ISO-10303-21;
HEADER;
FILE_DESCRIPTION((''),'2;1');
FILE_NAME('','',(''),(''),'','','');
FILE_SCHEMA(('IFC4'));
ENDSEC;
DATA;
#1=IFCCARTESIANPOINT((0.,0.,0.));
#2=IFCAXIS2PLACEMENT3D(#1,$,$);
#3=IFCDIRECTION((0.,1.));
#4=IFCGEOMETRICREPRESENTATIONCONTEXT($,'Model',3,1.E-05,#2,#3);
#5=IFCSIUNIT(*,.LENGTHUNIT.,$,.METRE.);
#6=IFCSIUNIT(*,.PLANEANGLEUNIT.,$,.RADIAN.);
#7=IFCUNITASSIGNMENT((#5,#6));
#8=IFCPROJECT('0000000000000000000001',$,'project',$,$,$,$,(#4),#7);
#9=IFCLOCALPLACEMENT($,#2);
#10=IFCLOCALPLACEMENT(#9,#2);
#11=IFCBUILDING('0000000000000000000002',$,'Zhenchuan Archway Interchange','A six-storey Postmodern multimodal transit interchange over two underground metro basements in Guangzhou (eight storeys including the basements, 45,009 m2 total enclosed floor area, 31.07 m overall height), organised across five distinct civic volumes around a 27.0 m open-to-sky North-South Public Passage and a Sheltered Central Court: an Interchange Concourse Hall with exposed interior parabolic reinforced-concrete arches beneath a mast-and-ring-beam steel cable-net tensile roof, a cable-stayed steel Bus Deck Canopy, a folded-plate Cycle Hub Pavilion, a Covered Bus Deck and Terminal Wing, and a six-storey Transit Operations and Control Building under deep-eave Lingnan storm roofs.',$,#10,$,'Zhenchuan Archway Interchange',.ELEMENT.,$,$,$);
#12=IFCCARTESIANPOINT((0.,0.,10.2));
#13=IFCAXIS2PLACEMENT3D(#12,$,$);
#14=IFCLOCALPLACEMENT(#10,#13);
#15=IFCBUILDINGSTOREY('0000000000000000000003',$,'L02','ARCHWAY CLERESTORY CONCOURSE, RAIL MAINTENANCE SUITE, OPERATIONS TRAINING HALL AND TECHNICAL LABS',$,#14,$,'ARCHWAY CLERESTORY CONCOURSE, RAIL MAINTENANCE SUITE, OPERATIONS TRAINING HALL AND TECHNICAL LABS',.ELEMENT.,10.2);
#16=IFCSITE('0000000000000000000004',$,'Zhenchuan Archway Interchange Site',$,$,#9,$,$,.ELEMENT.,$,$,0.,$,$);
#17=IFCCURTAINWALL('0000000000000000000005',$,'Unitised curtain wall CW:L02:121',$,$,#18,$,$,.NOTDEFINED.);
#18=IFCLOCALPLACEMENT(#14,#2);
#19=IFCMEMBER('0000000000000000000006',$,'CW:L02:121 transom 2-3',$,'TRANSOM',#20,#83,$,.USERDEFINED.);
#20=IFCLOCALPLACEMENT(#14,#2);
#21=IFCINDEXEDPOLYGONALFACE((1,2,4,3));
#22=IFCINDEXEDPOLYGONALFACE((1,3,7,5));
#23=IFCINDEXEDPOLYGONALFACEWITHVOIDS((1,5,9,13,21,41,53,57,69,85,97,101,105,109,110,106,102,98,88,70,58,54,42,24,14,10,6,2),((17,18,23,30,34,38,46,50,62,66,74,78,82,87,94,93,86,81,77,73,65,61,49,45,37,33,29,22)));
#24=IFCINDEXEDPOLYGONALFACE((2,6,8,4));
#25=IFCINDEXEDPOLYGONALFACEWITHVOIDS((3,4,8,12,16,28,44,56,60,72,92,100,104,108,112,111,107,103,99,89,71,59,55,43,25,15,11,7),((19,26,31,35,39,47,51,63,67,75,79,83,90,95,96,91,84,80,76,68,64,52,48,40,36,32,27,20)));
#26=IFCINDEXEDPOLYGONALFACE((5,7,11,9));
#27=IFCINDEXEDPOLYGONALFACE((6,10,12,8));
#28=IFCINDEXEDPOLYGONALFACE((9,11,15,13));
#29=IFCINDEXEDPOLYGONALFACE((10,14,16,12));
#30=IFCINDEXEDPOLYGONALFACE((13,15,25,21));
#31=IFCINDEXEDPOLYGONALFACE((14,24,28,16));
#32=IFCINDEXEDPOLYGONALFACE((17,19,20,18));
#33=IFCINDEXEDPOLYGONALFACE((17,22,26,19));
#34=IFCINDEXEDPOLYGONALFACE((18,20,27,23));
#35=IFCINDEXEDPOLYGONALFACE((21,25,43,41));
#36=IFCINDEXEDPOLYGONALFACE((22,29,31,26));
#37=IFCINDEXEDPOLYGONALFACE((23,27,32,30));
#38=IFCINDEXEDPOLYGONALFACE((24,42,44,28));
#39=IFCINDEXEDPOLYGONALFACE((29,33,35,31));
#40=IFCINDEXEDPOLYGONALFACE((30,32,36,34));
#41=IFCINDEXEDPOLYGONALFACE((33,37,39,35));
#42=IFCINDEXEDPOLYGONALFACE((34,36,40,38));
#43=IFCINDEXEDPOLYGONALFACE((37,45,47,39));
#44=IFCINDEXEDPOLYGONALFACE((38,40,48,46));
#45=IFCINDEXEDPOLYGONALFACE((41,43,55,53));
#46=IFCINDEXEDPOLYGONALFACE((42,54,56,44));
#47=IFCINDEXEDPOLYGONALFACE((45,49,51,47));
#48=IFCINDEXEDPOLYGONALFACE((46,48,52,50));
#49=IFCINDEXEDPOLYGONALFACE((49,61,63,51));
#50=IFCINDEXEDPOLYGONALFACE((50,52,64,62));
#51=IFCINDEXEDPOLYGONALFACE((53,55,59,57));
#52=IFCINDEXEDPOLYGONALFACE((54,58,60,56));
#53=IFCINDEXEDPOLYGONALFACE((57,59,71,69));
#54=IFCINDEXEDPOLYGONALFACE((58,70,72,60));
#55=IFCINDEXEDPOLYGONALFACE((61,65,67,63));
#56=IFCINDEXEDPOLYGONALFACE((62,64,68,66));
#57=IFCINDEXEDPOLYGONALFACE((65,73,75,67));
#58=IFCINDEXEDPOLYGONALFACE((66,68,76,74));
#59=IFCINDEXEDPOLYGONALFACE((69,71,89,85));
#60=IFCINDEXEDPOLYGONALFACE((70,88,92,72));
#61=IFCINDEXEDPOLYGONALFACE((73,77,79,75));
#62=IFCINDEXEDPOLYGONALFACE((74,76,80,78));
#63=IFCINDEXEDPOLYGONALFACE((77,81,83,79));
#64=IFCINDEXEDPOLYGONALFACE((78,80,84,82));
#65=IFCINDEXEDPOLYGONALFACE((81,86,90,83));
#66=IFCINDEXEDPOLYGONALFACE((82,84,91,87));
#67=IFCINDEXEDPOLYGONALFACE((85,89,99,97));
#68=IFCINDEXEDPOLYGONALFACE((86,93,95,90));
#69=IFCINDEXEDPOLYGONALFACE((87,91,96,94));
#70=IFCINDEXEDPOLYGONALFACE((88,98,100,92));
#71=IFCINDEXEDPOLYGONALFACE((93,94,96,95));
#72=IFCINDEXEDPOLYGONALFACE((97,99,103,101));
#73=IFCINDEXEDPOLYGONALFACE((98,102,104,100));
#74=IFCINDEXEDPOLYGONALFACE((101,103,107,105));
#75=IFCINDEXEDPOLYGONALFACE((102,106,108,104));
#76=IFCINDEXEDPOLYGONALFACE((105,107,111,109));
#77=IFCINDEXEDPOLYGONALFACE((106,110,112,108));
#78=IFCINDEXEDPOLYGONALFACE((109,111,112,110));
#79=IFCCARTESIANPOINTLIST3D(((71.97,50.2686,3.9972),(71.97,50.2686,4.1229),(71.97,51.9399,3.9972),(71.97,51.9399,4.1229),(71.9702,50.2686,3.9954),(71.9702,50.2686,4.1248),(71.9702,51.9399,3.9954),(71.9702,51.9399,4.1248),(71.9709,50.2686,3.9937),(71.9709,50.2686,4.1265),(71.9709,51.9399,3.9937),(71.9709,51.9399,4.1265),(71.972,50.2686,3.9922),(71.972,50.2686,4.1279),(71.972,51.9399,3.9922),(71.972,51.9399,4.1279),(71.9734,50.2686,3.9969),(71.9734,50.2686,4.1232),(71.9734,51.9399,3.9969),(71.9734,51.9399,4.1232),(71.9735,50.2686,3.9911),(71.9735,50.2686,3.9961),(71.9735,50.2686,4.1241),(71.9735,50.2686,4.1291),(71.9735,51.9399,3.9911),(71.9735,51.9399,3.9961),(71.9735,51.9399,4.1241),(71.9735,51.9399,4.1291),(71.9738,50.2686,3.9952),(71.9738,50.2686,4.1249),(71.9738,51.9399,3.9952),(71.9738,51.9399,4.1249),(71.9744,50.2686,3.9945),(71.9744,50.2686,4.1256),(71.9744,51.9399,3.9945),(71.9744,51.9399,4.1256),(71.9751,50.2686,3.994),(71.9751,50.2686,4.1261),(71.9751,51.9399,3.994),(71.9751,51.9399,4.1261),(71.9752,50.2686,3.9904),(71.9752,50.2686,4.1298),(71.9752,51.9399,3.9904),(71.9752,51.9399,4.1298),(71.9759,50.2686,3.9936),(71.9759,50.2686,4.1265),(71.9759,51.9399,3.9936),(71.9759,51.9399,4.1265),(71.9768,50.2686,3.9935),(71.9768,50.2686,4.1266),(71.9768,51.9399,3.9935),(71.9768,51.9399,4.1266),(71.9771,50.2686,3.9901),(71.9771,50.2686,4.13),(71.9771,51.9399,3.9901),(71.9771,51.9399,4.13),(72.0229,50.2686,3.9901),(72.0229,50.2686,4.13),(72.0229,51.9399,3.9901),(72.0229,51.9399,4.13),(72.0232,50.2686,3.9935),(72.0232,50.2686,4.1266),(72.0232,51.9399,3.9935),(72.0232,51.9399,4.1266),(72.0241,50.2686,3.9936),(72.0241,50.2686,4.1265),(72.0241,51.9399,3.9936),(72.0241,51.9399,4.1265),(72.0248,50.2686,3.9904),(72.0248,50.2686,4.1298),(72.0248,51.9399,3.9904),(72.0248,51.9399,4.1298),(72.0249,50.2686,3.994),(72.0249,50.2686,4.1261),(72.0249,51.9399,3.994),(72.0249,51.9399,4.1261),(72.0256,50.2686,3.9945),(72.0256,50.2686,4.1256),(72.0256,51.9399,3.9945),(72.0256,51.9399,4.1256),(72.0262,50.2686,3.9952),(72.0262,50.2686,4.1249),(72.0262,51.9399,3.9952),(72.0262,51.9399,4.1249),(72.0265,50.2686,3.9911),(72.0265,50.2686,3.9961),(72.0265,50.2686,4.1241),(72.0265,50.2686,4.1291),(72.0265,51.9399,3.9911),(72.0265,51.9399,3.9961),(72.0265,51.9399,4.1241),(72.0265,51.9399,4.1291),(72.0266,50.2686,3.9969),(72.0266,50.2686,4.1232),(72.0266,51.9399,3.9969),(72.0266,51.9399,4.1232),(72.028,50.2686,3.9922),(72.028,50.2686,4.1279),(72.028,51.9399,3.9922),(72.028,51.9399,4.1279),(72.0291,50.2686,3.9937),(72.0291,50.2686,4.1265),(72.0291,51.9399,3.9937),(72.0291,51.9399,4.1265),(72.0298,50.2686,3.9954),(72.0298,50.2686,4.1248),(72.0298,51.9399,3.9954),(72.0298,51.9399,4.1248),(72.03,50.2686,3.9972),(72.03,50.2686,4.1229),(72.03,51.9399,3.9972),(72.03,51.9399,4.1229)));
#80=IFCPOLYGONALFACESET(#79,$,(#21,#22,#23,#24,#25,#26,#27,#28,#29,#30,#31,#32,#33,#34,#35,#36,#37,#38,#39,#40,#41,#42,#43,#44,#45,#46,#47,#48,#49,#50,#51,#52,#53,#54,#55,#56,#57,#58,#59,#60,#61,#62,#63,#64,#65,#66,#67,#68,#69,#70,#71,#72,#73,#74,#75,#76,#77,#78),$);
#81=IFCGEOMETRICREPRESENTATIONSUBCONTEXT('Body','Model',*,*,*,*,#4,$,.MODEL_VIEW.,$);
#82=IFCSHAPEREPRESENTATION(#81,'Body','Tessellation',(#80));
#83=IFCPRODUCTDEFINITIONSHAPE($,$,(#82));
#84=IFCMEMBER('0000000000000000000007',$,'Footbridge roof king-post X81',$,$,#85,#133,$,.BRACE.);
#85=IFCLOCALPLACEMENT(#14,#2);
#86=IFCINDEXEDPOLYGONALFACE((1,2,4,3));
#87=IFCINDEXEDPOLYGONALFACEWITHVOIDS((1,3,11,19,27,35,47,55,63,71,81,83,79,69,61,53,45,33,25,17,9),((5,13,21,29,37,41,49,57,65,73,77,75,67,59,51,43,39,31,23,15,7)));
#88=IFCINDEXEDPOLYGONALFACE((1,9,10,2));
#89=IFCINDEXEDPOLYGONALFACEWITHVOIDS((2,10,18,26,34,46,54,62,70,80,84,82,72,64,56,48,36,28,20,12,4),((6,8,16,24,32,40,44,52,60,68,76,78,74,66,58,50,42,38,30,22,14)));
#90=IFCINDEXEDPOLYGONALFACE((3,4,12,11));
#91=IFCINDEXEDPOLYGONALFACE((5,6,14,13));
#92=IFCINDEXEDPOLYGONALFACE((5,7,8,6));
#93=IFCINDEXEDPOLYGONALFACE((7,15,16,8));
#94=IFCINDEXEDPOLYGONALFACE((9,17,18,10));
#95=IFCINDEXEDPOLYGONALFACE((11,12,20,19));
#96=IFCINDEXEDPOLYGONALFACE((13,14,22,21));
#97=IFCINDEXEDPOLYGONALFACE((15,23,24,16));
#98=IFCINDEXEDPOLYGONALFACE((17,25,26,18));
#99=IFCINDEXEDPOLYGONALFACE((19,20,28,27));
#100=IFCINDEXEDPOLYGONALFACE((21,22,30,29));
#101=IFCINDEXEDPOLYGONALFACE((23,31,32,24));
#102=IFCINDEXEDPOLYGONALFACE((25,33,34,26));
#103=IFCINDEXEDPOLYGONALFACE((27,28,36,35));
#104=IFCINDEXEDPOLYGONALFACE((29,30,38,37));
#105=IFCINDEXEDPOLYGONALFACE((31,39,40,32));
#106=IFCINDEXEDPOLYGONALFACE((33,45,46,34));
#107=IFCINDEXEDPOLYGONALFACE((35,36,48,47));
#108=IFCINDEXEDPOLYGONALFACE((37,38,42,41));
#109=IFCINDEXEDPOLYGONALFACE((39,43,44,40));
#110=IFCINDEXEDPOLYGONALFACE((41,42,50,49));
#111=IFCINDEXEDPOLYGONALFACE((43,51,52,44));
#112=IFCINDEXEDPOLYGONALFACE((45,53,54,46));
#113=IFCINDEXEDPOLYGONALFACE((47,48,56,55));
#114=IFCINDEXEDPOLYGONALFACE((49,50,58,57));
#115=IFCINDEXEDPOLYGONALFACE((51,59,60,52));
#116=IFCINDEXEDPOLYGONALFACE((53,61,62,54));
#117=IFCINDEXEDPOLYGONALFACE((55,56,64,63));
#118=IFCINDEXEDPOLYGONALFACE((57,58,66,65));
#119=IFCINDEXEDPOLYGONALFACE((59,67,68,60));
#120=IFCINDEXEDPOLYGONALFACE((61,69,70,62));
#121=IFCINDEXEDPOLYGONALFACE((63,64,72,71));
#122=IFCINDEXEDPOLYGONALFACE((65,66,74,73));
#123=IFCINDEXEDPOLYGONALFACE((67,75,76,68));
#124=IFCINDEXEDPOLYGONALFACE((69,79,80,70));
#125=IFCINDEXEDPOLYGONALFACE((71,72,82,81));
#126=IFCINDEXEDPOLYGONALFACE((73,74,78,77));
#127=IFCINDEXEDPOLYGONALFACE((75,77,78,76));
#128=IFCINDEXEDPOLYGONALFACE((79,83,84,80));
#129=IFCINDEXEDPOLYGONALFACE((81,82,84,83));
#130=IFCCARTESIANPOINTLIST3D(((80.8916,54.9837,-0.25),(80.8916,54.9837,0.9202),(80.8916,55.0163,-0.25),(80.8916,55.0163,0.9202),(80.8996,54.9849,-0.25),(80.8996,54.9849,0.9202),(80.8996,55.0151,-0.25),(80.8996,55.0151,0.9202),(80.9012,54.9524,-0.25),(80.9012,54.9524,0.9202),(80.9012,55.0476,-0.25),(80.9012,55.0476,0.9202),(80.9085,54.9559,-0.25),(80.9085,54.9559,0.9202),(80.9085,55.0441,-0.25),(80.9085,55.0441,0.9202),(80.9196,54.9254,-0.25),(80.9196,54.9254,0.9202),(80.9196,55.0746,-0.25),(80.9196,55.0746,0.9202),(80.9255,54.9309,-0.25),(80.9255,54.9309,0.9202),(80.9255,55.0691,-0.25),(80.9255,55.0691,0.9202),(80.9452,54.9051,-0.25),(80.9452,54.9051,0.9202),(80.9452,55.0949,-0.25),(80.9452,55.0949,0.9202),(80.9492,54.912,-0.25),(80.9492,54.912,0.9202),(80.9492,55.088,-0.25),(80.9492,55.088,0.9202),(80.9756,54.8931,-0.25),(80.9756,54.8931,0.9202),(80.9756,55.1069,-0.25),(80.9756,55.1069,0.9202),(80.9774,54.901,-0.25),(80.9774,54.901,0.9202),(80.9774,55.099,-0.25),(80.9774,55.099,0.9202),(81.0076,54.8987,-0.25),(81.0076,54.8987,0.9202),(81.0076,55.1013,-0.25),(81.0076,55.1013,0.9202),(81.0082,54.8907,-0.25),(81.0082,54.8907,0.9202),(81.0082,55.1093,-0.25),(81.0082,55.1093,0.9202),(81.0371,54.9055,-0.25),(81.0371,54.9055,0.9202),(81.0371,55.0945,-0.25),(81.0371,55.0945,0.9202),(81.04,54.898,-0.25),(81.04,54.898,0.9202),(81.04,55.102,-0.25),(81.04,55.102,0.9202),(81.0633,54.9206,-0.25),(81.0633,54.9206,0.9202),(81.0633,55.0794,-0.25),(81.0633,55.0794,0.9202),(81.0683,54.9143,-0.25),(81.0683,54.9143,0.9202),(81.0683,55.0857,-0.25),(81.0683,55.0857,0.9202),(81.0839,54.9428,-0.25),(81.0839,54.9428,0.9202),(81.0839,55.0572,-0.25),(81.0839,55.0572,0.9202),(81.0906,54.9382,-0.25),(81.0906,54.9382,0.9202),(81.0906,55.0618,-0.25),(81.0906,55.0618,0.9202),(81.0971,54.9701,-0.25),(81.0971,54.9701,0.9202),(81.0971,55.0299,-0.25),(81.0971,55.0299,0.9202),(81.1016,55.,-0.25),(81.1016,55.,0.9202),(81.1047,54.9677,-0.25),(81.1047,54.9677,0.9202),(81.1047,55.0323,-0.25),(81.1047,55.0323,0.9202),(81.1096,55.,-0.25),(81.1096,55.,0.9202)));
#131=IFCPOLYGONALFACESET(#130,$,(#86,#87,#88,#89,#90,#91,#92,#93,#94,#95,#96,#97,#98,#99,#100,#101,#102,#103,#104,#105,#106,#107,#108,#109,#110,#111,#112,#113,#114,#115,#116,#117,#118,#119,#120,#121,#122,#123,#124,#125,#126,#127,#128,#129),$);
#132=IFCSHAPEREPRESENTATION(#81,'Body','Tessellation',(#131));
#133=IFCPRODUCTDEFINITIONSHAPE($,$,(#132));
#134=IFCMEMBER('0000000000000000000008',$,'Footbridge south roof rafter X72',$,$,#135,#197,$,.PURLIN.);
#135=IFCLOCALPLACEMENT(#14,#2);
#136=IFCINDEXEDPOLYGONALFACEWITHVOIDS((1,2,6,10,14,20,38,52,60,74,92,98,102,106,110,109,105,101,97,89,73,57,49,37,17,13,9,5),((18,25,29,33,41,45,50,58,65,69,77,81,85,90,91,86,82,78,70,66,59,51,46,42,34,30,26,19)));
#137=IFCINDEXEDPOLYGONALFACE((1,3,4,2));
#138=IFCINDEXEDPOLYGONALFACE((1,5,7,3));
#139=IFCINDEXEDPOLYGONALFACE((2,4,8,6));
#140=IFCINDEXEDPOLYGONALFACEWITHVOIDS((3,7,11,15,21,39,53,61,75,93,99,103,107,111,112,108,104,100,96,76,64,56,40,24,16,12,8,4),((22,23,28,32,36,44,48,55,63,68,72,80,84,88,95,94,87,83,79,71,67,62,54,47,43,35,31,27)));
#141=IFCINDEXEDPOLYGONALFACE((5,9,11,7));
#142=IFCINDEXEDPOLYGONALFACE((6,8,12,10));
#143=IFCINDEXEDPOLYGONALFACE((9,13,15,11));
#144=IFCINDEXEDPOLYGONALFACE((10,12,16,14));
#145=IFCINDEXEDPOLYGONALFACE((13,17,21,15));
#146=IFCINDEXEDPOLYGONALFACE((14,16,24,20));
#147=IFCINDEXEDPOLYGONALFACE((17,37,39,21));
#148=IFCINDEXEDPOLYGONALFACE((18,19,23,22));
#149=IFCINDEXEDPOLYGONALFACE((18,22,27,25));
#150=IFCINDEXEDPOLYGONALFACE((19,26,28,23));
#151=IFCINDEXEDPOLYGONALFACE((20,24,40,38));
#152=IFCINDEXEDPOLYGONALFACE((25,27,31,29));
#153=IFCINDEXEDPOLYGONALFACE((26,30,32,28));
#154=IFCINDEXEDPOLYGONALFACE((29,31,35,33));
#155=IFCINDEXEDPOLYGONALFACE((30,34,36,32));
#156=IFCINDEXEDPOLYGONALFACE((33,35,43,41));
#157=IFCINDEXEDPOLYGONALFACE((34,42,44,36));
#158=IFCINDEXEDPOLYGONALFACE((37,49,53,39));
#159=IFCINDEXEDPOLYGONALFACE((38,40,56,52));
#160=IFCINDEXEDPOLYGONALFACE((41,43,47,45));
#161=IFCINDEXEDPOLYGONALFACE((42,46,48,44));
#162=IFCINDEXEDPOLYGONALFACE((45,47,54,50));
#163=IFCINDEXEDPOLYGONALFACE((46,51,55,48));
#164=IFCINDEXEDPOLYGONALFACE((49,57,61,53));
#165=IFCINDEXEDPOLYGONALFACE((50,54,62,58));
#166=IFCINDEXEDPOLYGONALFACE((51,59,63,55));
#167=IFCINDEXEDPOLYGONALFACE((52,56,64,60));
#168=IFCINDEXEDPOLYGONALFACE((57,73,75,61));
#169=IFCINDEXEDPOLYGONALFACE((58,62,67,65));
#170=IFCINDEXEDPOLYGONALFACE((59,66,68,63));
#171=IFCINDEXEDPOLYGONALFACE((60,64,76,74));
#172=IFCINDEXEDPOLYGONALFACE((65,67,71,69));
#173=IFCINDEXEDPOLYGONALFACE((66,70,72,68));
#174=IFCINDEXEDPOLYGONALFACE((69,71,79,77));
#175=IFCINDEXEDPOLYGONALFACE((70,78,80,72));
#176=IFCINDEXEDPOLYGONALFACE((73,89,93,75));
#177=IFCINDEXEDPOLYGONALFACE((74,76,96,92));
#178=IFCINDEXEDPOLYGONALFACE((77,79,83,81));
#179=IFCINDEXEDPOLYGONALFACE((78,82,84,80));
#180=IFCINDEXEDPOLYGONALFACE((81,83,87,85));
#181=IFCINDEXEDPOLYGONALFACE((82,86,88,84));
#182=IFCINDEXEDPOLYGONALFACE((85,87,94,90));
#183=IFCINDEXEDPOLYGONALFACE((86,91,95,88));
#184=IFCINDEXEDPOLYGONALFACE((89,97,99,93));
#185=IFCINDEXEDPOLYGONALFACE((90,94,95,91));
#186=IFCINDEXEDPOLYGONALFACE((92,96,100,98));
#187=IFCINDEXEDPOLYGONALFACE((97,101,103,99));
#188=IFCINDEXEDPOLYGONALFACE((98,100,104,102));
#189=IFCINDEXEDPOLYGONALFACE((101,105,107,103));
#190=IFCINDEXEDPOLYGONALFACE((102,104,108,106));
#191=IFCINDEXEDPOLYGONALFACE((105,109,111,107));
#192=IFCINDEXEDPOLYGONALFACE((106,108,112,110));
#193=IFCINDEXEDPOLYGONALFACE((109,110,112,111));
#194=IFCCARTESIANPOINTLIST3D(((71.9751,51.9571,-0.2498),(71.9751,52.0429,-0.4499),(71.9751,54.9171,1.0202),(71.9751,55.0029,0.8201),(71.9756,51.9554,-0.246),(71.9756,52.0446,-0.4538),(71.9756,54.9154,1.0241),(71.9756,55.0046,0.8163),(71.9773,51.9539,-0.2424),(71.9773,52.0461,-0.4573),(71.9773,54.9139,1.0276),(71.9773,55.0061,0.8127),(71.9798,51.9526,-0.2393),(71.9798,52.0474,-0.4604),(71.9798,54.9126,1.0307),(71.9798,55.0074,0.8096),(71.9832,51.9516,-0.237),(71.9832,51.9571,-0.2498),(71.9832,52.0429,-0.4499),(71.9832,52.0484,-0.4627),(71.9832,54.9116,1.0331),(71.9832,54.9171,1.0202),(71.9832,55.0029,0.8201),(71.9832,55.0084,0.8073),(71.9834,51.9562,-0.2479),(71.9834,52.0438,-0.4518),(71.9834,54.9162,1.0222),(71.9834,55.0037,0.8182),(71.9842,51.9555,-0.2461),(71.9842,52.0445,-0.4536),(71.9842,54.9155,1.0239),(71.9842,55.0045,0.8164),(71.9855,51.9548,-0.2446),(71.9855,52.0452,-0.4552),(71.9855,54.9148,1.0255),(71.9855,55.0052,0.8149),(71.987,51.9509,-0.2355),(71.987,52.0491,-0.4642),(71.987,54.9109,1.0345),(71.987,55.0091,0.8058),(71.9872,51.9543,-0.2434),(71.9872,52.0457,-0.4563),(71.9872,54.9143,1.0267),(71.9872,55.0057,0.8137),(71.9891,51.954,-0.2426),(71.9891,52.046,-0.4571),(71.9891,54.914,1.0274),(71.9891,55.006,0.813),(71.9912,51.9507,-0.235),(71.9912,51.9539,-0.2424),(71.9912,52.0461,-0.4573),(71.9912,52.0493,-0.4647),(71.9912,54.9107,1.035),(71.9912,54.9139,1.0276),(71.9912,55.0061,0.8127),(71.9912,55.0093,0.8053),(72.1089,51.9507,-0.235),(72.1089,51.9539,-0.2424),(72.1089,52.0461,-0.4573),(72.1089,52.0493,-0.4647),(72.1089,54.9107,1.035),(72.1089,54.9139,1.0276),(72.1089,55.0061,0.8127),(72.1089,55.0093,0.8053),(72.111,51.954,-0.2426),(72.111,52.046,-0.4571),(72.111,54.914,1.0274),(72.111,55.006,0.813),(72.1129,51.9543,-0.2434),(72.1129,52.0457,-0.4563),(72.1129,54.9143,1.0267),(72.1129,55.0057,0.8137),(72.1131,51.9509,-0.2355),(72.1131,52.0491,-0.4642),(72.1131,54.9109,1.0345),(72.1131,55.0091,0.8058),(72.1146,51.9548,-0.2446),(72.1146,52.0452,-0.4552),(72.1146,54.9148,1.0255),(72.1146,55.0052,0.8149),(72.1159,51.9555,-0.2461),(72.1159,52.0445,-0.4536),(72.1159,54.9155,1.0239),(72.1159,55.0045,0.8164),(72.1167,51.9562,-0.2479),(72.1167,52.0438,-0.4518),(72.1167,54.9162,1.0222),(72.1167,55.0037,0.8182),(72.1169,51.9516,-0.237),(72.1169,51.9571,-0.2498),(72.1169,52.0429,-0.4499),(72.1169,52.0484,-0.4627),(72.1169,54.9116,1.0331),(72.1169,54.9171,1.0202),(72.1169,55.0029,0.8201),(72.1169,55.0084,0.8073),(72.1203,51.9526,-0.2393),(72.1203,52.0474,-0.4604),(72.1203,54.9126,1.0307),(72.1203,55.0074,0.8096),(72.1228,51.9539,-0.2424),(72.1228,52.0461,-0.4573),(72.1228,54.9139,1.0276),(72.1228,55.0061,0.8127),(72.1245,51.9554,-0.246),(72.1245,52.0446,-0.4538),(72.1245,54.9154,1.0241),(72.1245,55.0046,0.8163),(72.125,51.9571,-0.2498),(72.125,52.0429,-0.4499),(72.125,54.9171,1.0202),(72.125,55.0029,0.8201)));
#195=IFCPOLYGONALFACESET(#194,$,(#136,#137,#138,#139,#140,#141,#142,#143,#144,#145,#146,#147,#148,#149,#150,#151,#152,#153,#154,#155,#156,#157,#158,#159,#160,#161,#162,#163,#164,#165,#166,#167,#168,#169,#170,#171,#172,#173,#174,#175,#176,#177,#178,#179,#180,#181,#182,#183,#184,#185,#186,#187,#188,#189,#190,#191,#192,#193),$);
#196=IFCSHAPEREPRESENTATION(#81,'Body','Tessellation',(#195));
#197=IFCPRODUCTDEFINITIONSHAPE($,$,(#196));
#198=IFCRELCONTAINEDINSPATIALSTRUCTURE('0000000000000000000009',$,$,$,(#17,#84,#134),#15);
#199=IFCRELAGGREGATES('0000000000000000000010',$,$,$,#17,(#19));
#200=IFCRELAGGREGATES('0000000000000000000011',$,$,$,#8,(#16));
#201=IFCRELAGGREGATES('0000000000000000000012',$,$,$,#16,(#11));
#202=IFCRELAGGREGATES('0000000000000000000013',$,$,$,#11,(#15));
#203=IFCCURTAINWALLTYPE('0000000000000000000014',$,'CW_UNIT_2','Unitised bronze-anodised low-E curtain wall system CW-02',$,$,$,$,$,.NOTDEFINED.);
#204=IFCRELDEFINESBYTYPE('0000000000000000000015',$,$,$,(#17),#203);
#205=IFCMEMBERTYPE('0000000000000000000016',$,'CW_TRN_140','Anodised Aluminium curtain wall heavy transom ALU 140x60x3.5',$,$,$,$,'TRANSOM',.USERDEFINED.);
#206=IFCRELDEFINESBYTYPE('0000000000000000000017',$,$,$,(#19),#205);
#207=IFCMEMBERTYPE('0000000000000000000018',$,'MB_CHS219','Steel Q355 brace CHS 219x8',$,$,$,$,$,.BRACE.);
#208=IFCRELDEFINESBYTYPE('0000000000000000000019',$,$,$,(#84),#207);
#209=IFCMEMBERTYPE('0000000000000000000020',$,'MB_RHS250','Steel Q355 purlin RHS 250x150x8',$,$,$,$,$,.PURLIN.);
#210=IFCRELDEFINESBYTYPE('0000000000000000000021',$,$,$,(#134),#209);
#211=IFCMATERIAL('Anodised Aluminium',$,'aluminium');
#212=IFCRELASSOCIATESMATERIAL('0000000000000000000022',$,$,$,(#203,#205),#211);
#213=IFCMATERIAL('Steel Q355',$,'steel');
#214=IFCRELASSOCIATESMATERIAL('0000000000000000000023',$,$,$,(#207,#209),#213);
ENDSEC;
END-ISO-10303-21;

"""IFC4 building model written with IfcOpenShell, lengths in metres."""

from ifc_helpers import new_model, si_unit, direction, frame, origin, origin_2d, place, context, subcontext, project, spatial, hollow_rectangle, hollow_circle, extrude, material, material_profile, profile_set, type_object, element, aggregate, save


model = new_model("IFC4")

# Units and contexts
model_context = context("Model", 3, precision=1e-05, world=origin(), true_north=direction((0.0, 1.0)))
body_context = subcontext(model_context, "Body", "Model", "MODEL_VIEW")
ifc_project = project(units=[si_unit("LENGTHUNIT", "METRE"), si_unit("PLANEANGLEUNIT", "RADIAN")], contexts=[model_context])

# Site, building, storey
site_placement = place(None, origin())
site = spatial("IfcSite", under=ifc_project, at=site_placement, Name="Zhenchuan Archway Interchange Site", CompositionType="ELEMENT", RefElevation=0.0)
building_placement = place(site_placement, origin())
building = spatial("IfcBuilding", under=site, at=building_placement, Name="Zhenchuan Archway Interchange", Description="A six-storey Postmodern multimodal transit interchange over two underground metro basements in Guangzhou (eight storeys including the basements, 45,009 m2 total enclosed floor area, 31.07 m overall height), organised across five distinct civic volumes around a 27.0 m open-to-sky North-South Public Passage and a Sheltered Central Court: an Interchange Concourse Hall with exposed interior parabolic reinforced-concrete arches beneath a mast-and-ring-beam steel cable-net tensile roof, a cable-stayed steel Bus Deck Canopy, a folded-plate Cycle Hub Pavilion, a Covered Bus Deck and Terminal Wing, and a six-storey Transit Operations and Control Building under deep-eave Lingnan storm roofs.", LongName="Zhenchuan Archway Interchange", CompositionType="ELEMENT")
storey_placement = place(building_placement, frame((0.0, 0.0, 10.2)))
storey = spatial("IfcBuildingStorey", under=building, at=storey_placement, Name="L02", Description="ARCHWAY CLERESTORY CONCOURSE, RAIL MAINTENANCE SUITE, OPERATIONS TRAINING HALL AND TECHNICAL LABS", LongName="ARCHWAY CLERESTORY CONCOURSE, RAIL MAINTENANCE SUITE, OPERATIONS TRAINING HALL AND TECHNICAL LABS", CompositionType="ELEMENT", Elevation=10.2)

# Shared definitions
ifc_material_1 = material(Name="Steel Q355", Category="steel")

# Curtain wall, member
ifc_material_2 = material(Name="Anodised Aluminium", Category="aluminium")
curtain_wall_type = type_object("IfcCurtainWallType", Name="CW_UNIT_2", Description="Unitised bronze-anodised low-E curtain wall system CW-02", PredefinedType="NOTDEFINED", material=ifc_material_2)
curtain_wall_placement = place(storey_placement, origin())
curtain_wall = element("IfcCurtainWall", 1, at=curtain_wall_placement, inside=storey, type_object=curtain_wall_type, Name="Unitised curtain wall CW:L02:121", PredefinedType="NOTDEFINED")
ifc_material_profile_1 = material_profile(ifc_material_2, hollow_rectangle(XDim=0.0601, YDim=0.1399, WallThickness=0.0034, InnerFilletRadius=0.0034, OuterFilletRadius=0.0071, at=origin_2d()), Name="ALU 140x60x3.5")
ifc_profile_set_1 = profile_set([ifc_material_profile_1], Name="Anodised Aluminium")
member_type_1 = type_object("IfcMemberType", Name="CW_TRN_140", Description="Anodised Aluminium curtain wall heavy transom ALU 140x60x3.5", ElementType="TRANSOM", PredefinedType="USERDEFINED", material=ifc_profile_set_1)
member_1_placement = place(storey_placement, frame((72.0, 51.9399, 4.0601), z_axis=(0.0, -1.0, 0.0), x_axis=(1.0, 0.0, 0.0)))
member_1 = element("IfcMember", 2, at=member_1_placement, type_object=member_type_1, Name="CW:L02:121 transom 2-3", ObjectType="TRANSOM", PredefinedType="USERDEFINED", context=body_context, shape_type="SweptSolid", body=[
    extrude(hollow_rectangle(XDim=0.0601, YDim=0.1399, WallThickness=0.0034, InnerFilletRadius=0.0034, OuterFilletRadius=0.0071, at=origin_2d()), origin(), (0.0, 0.0, 1.0), 1.6714),
])

# Members
ifc_material_profile_2 = material_profile(ifc_material_1, hollow_circle(Radius=0.1096, WallThickness=0.0081, at=origin_2d()), Name="CHS 219x8")
ifc_profile_set_2 = profile_set([ifc_material_profile_2], Name="Steel Q355")
member_type_2 = type_object("IfcMemberType", Name="MB_CHS219", Description="Steel Q355 brace CHS 219x8", PredefinedType="BRACE", material=ifc_profile_set_2)
member_2_placement = place(storey_placement, frame((81.0, 55.0, -0.25), z_axis=(0.0, 0.0, 1.0), x_axis=(1.0, 0.0, 0.0)))
element("IfcMember", 3, at=member_2_placement, inside=storey, type_object=member_type_2, Name="Footbridge roof king-post X81", PredefinedType="BRACE", context=body_context, shape_type="SweptSolid", body=[
    extrude(hollow_circle(Radius=0.1096, WallThickness=0.0081, at=origin_2d()), origin(), (0.0, 0.0, 1.0), 1.1702),
])
ifc_material_profile_3 = material_profile(ifc_material_1, hollow_rectangle(XDim=0.1499, YDim=0.25, WallThickness=0.0081, InnerFilletRadius=0.0081, OuterFilletRadius=0.0161, at=origin_2d()), Name="RHS 250x150x8")
ifc_profile_set_3 = profile_set([ifc_material_profile_3], Name="Steel Q355")
member_type_3 = type_object("IfcMemberType", Name="MB_RHS250", Description="Steel Q355 purlin RHS 250x150x8", PredefinedType="PURLIN", material=ifc_profile_set_3)
member_3_placement = place(storey_placement, frame((72.05, 52.0, -0.3499), z_axis=(0.0, 0.91898, 0.394303), x_axis=(-1.0, 0.0, 0.0)))
element("IfcMember", 4, at=member_3_placement, inside=storey, type_object=member_type_3, Name="Footbridge south roof rafter X72", PredefinedType="PURLIN", context=body_context, shape_type="SweptSolid", body=[
    extrude(hollow_rectangle(XDim=0.1499, YDim=0.25, WallThickness=0.0081, InnerFilletRadius=0.0081, OuterFilletRadius=0.0161, at=origin_2d()), origin(), (0.0, 0.0, 1.0), 3.2209),
])

aggregate(curtain_wall, [member_1])

save(model, "model.ifc")
